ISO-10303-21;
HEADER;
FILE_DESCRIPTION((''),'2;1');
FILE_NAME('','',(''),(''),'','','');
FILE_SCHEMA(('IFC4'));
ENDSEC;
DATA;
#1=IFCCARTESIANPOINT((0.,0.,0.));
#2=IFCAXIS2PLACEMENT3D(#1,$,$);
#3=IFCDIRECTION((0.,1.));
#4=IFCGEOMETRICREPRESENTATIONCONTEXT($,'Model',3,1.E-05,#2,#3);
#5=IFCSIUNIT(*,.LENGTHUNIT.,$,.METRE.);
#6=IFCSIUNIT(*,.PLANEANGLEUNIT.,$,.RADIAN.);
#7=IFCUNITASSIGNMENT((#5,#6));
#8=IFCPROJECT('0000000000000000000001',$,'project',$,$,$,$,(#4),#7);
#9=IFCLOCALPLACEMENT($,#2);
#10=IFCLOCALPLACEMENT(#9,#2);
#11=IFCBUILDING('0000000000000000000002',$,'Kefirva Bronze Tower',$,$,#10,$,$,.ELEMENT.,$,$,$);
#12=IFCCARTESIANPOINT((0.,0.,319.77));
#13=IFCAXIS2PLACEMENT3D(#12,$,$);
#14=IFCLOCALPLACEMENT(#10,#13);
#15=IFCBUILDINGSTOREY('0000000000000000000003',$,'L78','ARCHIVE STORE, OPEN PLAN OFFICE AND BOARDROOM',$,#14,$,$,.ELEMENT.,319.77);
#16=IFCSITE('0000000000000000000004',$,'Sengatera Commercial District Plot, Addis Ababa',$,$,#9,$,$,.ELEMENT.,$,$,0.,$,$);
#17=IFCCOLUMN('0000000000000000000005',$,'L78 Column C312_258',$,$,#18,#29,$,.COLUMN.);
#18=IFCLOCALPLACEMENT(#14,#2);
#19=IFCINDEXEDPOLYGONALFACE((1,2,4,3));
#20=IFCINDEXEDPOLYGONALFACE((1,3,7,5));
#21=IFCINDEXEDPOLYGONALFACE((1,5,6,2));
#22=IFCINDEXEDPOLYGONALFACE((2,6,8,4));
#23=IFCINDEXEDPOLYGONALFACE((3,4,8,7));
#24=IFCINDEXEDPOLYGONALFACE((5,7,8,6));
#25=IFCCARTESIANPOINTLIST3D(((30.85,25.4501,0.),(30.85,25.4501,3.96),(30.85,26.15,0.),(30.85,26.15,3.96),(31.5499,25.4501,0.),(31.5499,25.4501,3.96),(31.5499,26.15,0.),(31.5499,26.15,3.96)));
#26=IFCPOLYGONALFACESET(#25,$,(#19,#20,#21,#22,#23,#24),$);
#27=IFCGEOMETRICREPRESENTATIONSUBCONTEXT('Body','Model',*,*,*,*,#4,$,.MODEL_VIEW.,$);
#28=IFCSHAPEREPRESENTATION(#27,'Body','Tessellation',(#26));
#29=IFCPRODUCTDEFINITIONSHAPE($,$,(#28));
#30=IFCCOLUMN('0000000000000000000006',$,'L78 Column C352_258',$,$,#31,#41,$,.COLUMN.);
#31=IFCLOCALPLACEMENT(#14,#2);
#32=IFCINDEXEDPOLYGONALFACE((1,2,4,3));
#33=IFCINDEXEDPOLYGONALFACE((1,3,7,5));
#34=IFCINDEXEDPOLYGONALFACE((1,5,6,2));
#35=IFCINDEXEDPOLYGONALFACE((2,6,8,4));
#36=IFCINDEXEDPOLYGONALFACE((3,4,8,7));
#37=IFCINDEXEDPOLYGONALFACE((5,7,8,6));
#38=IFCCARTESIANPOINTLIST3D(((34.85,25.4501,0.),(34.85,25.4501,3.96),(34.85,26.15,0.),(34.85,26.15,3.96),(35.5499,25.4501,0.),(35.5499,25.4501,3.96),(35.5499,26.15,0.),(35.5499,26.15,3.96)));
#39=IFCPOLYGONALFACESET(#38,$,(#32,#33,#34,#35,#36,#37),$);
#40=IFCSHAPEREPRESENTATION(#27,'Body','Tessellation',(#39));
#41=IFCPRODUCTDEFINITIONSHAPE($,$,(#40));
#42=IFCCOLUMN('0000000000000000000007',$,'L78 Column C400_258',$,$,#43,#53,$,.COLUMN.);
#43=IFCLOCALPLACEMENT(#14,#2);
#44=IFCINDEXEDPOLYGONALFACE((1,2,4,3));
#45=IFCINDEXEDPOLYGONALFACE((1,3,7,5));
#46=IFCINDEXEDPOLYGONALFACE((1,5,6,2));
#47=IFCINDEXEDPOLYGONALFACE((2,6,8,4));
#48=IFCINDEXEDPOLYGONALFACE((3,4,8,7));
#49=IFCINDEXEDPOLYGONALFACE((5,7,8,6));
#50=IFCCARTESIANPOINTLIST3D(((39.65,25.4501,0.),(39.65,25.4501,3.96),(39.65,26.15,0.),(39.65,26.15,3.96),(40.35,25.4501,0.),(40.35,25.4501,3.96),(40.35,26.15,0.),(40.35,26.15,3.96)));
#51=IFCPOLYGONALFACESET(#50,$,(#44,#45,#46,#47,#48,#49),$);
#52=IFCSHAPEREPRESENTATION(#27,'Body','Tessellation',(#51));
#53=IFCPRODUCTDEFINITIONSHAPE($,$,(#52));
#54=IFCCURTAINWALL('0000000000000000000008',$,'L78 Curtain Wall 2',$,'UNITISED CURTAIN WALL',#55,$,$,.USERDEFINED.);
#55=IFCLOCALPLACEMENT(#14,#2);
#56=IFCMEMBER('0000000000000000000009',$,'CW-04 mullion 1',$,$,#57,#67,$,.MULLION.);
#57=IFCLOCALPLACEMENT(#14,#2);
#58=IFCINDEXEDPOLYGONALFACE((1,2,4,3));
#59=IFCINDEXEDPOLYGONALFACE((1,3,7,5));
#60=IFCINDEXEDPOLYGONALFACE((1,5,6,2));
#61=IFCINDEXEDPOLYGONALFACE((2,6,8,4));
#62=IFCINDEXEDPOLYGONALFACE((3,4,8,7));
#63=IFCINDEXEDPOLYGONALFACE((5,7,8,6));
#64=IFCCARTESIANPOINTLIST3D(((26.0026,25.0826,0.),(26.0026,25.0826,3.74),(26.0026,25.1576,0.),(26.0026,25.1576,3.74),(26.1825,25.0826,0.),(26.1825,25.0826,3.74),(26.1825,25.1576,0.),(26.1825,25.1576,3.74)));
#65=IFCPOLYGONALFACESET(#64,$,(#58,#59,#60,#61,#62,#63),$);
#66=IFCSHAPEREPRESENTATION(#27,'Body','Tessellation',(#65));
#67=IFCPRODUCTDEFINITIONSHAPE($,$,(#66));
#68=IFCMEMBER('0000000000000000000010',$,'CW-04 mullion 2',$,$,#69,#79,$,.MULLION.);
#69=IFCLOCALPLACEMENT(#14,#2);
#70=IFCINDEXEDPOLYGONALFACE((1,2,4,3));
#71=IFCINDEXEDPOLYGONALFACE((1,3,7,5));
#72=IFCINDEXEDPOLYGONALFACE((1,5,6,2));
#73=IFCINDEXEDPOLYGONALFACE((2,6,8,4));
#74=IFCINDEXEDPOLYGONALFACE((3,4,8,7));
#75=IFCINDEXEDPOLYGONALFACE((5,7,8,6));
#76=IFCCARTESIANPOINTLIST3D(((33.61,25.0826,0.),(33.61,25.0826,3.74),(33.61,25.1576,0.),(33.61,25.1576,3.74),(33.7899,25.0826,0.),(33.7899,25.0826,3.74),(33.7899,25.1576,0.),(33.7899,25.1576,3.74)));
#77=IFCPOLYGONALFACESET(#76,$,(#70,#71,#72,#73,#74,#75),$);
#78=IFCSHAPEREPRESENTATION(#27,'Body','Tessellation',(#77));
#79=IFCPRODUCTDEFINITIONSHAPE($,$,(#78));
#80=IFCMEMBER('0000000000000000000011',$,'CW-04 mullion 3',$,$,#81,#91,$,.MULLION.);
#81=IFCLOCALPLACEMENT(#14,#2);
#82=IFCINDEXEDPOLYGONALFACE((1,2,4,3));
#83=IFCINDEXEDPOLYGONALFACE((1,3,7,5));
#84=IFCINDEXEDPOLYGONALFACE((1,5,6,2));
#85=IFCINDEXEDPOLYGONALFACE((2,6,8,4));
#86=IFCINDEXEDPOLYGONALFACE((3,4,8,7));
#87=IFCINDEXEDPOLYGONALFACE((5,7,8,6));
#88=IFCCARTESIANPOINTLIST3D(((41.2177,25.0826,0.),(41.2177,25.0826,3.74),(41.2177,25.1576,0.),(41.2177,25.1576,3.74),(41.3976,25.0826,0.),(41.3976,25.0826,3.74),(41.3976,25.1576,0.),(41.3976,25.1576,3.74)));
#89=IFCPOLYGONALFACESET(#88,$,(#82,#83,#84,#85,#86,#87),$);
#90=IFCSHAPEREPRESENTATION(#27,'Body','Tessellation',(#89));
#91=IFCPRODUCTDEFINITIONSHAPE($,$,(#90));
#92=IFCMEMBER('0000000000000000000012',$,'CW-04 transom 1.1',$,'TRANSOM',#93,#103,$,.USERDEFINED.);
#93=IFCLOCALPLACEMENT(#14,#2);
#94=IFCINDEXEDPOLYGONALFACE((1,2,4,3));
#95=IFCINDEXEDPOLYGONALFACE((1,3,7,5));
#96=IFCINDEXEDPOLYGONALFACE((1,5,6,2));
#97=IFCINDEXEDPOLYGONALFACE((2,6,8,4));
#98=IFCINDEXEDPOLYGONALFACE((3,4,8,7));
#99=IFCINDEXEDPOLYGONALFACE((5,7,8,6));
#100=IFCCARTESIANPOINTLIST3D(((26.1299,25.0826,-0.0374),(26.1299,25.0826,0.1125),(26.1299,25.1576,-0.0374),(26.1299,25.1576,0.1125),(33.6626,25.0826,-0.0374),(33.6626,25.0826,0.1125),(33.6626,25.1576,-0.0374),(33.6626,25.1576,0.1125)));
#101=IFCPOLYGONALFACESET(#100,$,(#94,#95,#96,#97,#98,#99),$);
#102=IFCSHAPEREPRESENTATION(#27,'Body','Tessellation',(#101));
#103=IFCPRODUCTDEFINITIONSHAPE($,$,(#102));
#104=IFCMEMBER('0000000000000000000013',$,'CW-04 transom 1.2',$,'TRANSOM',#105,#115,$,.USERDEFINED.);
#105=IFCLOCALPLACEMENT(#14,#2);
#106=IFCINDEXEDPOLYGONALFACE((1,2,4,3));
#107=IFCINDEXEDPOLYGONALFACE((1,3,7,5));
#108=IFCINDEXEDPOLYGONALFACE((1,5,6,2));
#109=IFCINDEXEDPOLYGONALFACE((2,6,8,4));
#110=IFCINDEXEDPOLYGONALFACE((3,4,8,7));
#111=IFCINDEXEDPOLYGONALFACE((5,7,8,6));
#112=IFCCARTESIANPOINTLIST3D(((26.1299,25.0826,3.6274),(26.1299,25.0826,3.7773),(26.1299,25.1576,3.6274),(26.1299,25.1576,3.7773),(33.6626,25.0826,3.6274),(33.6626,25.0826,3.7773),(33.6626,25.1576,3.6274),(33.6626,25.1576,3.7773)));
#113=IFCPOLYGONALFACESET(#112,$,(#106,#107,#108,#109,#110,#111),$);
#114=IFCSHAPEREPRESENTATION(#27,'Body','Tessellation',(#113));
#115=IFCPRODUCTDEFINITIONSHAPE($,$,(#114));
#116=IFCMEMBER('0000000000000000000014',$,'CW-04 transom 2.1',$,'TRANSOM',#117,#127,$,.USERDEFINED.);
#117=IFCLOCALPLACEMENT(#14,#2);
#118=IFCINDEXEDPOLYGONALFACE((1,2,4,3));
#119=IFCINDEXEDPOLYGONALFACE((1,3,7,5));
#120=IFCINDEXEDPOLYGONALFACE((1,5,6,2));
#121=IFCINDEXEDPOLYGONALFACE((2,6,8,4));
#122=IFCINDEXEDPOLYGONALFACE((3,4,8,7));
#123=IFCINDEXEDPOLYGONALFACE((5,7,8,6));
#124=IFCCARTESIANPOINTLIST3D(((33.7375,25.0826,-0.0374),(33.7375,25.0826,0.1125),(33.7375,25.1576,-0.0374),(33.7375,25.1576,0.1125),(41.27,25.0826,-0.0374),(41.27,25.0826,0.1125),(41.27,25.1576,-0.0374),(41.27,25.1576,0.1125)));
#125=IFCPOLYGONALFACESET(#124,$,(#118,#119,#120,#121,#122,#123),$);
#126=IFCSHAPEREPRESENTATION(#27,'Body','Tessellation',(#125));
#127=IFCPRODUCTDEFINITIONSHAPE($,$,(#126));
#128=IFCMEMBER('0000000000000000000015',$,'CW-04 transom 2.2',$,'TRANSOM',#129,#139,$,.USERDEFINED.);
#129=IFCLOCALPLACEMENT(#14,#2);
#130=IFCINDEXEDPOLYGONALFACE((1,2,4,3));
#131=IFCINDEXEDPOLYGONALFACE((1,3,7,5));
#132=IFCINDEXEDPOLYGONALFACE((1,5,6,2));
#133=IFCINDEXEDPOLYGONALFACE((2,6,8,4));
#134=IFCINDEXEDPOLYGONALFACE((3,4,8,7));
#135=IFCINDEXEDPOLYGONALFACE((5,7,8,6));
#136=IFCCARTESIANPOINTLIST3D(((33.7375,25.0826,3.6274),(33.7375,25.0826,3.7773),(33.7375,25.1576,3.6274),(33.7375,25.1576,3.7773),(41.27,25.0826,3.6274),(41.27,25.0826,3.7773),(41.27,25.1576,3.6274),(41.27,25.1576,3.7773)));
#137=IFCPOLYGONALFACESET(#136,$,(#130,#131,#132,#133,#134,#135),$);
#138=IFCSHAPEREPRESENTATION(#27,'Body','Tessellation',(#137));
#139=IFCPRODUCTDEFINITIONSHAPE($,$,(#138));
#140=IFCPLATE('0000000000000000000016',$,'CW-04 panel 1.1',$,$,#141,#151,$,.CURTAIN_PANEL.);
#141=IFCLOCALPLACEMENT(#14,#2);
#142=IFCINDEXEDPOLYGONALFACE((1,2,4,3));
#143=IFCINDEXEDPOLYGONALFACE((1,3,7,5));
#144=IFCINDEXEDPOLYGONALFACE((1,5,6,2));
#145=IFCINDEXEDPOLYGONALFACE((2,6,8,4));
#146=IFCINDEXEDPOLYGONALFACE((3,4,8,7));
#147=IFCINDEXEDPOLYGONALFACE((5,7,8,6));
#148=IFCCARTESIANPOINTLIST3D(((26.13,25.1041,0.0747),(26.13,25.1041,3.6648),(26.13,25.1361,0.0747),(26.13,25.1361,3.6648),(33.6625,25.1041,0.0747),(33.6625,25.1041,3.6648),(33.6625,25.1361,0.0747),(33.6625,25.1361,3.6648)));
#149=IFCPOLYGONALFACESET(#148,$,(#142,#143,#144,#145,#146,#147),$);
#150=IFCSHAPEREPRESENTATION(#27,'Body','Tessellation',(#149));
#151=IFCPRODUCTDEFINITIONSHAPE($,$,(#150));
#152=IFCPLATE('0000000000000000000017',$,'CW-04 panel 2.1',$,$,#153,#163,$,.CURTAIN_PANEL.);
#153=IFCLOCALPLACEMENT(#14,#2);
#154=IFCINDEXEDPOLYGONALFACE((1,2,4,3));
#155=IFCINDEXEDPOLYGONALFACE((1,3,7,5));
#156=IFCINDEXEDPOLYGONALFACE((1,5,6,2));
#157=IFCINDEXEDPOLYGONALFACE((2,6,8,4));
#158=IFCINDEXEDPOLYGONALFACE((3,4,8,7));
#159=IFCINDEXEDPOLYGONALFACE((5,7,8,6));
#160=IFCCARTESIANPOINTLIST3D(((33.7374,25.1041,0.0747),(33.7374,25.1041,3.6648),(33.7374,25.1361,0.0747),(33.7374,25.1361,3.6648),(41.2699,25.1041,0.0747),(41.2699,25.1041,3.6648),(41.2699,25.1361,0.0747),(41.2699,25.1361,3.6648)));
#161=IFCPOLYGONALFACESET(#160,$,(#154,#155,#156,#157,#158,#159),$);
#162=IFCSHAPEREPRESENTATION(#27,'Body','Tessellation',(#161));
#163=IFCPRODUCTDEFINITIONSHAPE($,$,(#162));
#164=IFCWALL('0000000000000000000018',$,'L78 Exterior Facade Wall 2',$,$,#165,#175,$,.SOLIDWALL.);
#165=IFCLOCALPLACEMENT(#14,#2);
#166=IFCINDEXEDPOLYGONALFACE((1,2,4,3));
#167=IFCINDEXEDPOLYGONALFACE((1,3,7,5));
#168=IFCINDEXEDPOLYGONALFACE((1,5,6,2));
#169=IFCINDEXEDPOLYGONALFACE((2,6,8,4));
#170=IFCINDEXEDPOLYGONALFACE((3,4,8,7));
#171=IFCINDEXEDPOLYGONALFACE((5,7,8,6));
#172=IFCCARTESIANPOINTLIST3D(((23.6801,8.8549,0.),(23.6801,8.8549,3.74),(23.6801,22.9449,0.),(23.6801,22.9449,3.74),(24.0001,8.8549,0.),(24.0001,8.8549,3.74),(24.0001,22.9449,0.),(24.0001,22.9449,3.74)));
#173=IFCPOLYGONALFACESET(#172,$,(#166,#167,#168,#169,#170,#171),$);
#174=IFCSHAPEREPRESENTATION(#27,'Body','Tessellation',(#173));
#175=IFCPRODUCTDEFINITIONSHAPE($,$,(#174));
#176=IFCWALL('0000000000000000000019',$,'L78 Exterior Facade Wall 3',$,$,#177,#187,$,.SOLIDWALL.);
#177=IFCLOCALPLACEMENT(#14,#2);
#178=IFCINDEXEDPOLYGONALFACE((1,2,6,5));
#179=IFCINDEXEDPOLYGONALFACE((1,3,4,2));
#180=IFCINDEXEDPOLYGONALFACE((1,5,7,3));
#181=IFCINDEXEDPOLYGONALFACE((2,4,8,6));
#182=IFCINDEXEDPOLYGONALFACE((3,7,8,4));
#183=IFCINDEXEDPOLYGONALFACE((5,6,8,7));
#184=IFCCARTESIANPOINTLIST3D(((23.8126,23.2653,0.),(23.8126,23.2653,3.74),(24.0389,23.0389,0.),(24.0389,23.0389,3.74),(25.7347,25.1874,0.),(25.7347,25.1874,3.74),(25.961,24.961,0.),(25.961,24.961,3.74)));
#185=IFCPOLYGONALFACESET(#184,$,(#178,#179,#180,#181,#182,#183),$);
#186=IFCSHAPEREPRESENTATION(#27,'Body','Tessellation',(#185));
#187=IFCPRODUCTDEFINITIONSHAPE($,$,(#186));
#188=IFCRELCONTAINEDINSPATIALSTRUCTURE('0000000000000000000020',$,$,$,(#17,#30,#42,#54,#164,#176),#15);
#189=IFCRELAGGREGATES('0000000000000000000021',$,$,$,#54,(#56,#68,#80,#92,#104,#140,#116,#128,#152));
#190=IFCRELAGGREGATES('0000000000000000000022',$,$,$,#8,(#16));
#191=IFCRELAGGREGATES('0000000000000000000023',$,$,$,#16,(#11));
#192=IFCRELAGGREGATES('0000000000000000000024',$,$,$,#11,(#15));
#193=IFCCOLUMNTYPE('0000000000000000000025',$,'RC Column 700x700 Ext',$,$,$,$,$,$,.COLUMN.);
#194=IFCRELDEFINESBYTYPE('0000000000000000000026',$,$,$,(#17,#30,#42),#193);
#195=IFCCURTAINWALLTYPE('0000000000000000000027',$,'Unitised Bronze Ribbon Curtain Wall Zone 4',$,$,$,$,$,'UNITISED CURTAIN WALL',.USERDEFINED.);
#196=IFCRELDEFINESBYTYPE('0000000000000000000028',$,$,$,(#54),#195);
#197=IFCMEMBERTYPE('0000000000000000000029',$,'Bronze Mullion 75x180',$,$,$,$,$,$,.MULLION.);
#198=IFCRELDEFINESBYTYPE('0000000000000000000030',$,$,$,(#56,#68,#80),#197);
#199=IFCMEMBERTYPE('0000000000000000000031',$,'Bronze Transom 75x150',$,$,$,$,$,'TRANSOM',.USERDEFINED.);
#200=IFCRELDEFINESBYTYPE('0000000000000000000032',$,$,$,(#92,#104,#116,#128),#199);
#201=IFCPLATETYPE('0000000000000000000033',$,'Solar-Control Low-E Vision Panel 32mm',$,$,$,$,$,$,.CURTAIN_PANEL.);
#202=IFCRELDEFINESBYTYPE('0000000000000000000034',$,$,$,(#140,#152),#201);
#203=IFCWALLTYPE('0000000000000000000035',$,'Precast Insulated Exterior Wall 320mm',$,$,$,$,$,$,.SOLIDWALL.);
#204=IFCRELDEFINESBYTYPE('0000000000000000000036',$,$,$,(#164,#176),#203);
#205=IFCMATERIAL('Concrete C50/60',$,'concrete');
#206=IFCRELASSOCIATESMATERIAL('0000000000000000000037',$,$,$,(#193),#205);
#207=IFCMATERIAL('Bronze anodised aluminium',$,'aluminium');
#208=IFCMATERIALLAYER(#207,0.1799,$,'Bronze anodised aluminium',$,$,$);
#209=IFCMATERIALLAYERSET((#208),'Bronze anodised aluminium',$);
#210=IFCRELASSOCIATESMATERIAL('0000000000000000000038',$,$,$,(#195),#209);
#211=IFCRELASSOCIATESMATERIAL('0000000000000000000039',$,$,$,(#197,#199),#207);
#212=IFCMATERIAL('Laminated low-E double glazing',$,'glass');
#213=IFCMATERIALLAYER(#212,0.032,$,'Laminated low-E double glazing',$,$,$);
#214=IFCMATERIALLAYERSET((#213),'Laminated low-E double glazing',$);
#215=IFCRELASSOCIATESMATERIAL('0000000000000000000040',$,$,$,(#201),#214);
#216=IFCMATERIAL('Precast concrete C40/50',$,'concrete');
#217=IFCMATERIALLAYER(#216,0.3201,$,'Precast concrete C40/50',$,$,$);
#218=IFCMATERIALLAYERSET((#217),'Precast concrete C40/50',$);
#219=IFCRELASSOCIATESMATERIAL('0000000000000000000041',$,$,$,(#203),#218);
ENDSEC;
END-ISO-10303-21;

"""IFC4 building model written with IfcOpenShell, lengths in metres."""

from ifc_helpers import new_model, si_unit, direction, frame, frame_2d, origin, origin_2d, place, context, subcontext, project, spatial, rectangle, extrude, material, layer, layer_set, material_profile, profile_set, type_object, element, aggregate, save


model = new_model("IFC4")

# Units and contexts
model_context = context("Model", 3, precision=1e-05, world=origin(), true_north=direction((0.0, 1.0)))
body_context = subcontext(model_context, "Body", "Model", "MODEL_VIEW")
ifc_project = project(units=[si_unit("LENGTHUNIT", "METRE"), si_unit("PLANEANGLEUNIT", "RADIAN")], contexts=[model_context])

# Site, building, storey
site_placement = place(None, origin())
site = spatial("IfcSite", under=ifc_project, at=site_placement, Name="Sengatera Commercial District Plot, Addis Ababa", CompositionType="ELEMENT", RefElevation=0.0)
building_placement = place(site_placement, origin())
building = spatial("IfcBuilding", under=site, at=building_placement, Name="Kefirva Bronze Tower", CompositionType="ELEMENT")
storey_placement = place(building_placement, frame((0.0, 0.0, 319.77)))
storey = spatial("IfcBuildingStorey", under=building, at=storey_placement, Name="L78", Description="ARCHIVE STORE, OPEN PLAN OFFICE AND BOARDROOM", CompositionType="ELEMENT", Elevation=319.77)

# Columns
ifc_material_1 = material(Name="Concrete C50/60", Category="concrete")
ifc_material_profile_1 = material_profile(ifc_material_1, rectangle(XDim=0.7, YDim=0.7, at=origin_2d()), Name="RC 700x700")
ifc_profile_set_1 = profile_set([ifc_material_profile_1], Name="Concrete C50/60")
column_type = type_object("IfcColumnType", Name="RC Column 700x700 Ext", PredefinedType="COLUMN", material=ifc_profile_set_1)
for number, where, z_axis, x_axis, name in (
    (1, (31.2, 25.8, 0.0), (0.0, 0.0, 1.0), (1.0, 0.0, 0.0), "L78 Column C312_258"),
    (2, (35.2, 25.8, 0.0), (0.0, 0.0, 1.0), (1.0, 0.0, 0.0), "L78 Column C352_258"),
    (3, (40.0, 25.8, 0.0), (0.0, 0.0, 1.0), (1.0, 0.0, 0.0), "L78 Column C400_258"),
):
    element("IfcColumn", number, at=place(storey_placement, frame(where, z_axis=z_axis, x_axis=x_axis)), inside=storey, type_object=column_type, Name=name, PredefinedType="COLUMN", context=body_context, shape_type="SweptSolid", body=[
        extrude(rectangle(XDim=0.7, YDim=0.7, at=origin_2d()), origin(), (0.0, 0.0, 1.0), 3.96),
    ])

# Curtain wall, members, plates
ifc_material_2 = material(Name="Bronze anodised aluminium", Category="aluminium")
ifc_layer_1 = layer(ifc_material_2, 0.1799, Name="Bronze anodised aluminium")
ifc_layer_set_1 = layer_set([ifc_layer_1], Name="Bronze anodised aluminium")
curtain_wall_type = type_object("IfcCurtainWallType", Name="Unitised Bronze Ribbon Curtain Wall Zone 4", ElementType="UNITISED CURTAIN WALL", PredefinedType="USERDEFINED", material=ifc_layer_set_1)
curtain_wall_placement = place(storey_placement, origin())
curtain_wall = element("IfcCurtainWall", 4, at=curtain_wall_placement, inside=storey, type_object=curtain_wall_type, Name="L78 Curtain Wall 2", ObjectType="UNITISED CURTAIN WALL", PredefinedType="USERDEFINED")
ifc_material_profile_2 = material_profile(ifc_material_2, rectangle(XDim=0.075, YDim=0.1799, at=origin_2d()), Name="ALU 75x180")
ifc_profile_set_2 = profile_set([ifc_material_profile_2], Name="Bronze anodised aluminium")
member_type_1 = type_object("IfcMemberType", Name="Bronze Mullion 75x180", PredefinedType="MULLION", material=ifc_profile_set_2)
member_1_placement = place(storey_placement, frame((26.0925, 25.1201, 0.0), z_axis=(0.0, 0.0, 1.0), x_axis=(0.0, 1.0, 0.0)))
member_1 = element("IfcMember", 5, at=member_1_placement, type_object=member_type_1, Name="CW-04 mullion 1", PredefinedType="MULLION", context=body_context, shape_type="SweptSolid", body=[
    extrude(rectangle(XDim=0.075, YDim=0.1799, at=origin_2d()), origin(), (0.0, 0.0, 1.0), 3.74),
])
member_2_placement = place(storey_placement, frame((33.7, 25.1201, 0.0), z_axis=(0.0, 0.0, 1.0), x_axis=(0.0, 1.0, 0.0)))
member_2 = element("IfcMember", 6, at=member_2_placement, type_object=member_type_1, Name="CW-04 mullion 2", PredefinedType="MULLION", context=body_context, shape_type="SweptSolid", body=[
    extrude(rectangle(XDim=0.075, YDim=0.1799, at=origin_2d()), origin(), (0.0, 0.0, 1.0), 3.74),
])
member_3_placement = place(storey_placement, frame((41.3076, 25.1201, 0.0), z_axis=(0.0, 0.0, 1.0), x_axis=(0.0, 1.0, 0.0)))
member_3 = element("IfcMember", 7, at=member_3_placement, type_object=member_type_1, Name="CW-04 mullion 3", PredefinedType="MULLION", context=body_context, shape_type="SweptSolid", body=[
    extrude(rectangle(XDim=0.075, YDim=0.1799, at=origin_2d()), origin(), (0.0, 0.0, 1.0), 3.74),
])
ifc_material_profile_3 = material_profile(ifc_material_2, rectangle(XDim=0.075, YDim=0.1499, at=origin_2d()), Name="ALU 75x150")
ifc_profile_set_3 = profile_set([ifc_material_profile_3], Name="Bronze anodised aluminium")
member_type_2 = type_object("IfcMemberType", Name="Bronze Transom 75x150", ElementType="TRANSOM", PredefinedType="USERDEFINED", material=ifc_profile_set_3)
member_4_placement = place(storey_placement, frame((26.1299, 25.1201, 0.0376), z_axis=(1.0, 0.0, 0.0), x_axis=(0.0, 1.0, 0.0)))
member_4 = element("IfcMember", 8, at=member_4_placement, type_object=member_type_2, Name="CW-04 transom 1.1", ObjectType="TRANSOM", PredefinedType="USERDEFINED", context=body_context, shape_type="SweptSolid", body=[
    extrude(rectangle(XDim=0.075, YDim=0.1499, at=origin_2d()), origin(), (0.0, 0.0, 1.0), 7.5327),
])
member_5_placement = place(storey_placement, frame((26.1299, 25.1201, 3.7024), z_axis=(1.0, 0.0, 0.0), x_axis=(0.0, 1.0, 0.0)))
member_5 = element("IfcMember", 9, at=member_5_placement, type_object=member_type_2, Name="CW-04 transom 1.2", ObjectType="TRANSOM", PredefinedType="USERDEFINED", context=body_context, shape_type="SweptSolid", body=[
    extrude(rectangle(XDim=0.075, YDim=0.1499, at=origin_2d()), origin(), (0.0, 0.0, 1.0), 7.5327),
])
member_6_placement = place(storey_placement, frame((33.7375, 25.1201, 0.0376), z_axis=(1.0, 0.0, 0.0), x_axis=(0.0, 1.0, 0.0)))
member_6 = element("IfcMember", 10, at=member_6_placement, type_object=member_type_2, Name="CW-04 transom 2.1", ObjectType="TRANSOM", PredefinedType="USERDEFINED", context=body_context, shape_type="SweptSolid", body=[
    extrude(rectangle(XDim=0.075, YDim=0.1499, at=origin_2d()), origin(), (0.0, 0.0, 1.0), 7.5325),
])
member_7_placement = place(storey_placement, frame((33.7375, 25.1201, 3.7024), z_axis=(1.0, 0.0, 0.0), x_axis=(0.0, 1.0, 0.0)))
member_7 = element("IfcMember", 11, at=member_7_placement, type_object=member_type_2, Name="CW-04 transom 2.2", ObjectType="TRANSOM", PredefinedType="USERDEFINED", context=body_context, shape_type="SweptSolid", body=[
    extrude(rectangle(XDim=0.075, YDim=0.1499, at=origin_2d()), origin(), (0.0, 0.0, 1.0), 7.5325),
])
ifc_material_3 = material(Name="Laminated low-E double glazing", Category="glass")
ifc_layer_2 = layer(ifc_material_3, 0.032, Name="Laminated low-E double glazing")
ifc_layer_set_2 = layer_set([ifc_layer_2], Name="Laminated low-E double glazing")
plate_type = type_object("IfcPlateType", Name="Solar-Control Low-E Vision Panel 32mm", PredefinedType="CURTAIN_PANEL", material=ifc_layer_set_2)
plate_1_placement = place(storey_placement, frame((29.8962, 25.1201, 0.0747), z_axis=(0.0, 0.0, 1.0), x_axis=(1.0, 0.0, 0.0)))
plate_1 = element("IfcPlate", 12, at=plate_1_placement, type_object=plate_type, Name="CW-04 panel 1.1", PredefinedType="CURTAIN_PANEL", context=body_context, shape_type="SweptSolid", body=[
    extrude(rectangle(XDim=7.5325, YDim=0.032, at=origin_2d()), origin(), (0.0, 0.0, 1.0), 3.5901),
])
plate_2_placement = place(storey_placement, frame((37.5037, 25.1201, 0.0747), z_axis=(0.0, 0.0, 1.0), x_axis=(1.0, 0.0, 0.0)))
plate_2 = element("IfcPlate", 13, at=plate_2_placement, type_object=plate_type, Name="CW-04 panel 2.1", PredefinedType="CURTAIN_PANEL", context=body_context, shape_type="SweptSolid", body=[
    extrude(rectangle(XDim=7.5325, YDim=0.032, at=origin_2d()), origin(), (0.0, 0.0, 1.0), 3.5901),
])
aggregate(curtain_wall, [member_1, member_2, member_3, member_4, member_5, plate_1, member_6, member_7, plate_2])

# Walls
ifc_material_4 = material(Name="Precast concrete C40/50", Category="concrete")
ifc_layer_3 = layer(ifc_material_4, 0.3201, Name="Precast concrete C40/50")
ifc_layer_set_3 = layer_set([ifc_layer_3], Name="Precast concrete C40/50")
wall_type_1 = type_object("IfcWallType", Name="Precast Insulated Exterior Wall 320mm", PredefinedType="SOLIDWALL", material=ifc_layer_set_3)
wall_1_placement = place(storey_placement, frame((23.8401, 8.855, 0.0), z_axis=(0.0, 0.0, 1.0), x_axis=(0.0, 1.0, 0.0)))
element("IfcWall", 14, at=wall_1_placement, inside=storey, type_object=wall_type_1, Name="L78 Exterior Facade Wall 2", PredefinedType="SOLIDWALL", context=body_context, shape_type="SweptSolid", body=[
    extrude(rectangle(XDim=14.0901, YDim=0.3201, at=frame_2d((7.0449, 0.0))), origin(), (0.0, 0.0, 1.0), 3.74),
])
wall_2_placement = place(storey_placement, frame((23.9258, 23.1521, 0.0), z_axis=(0.0, 0.0, 1.0), x_axis=(0.707107, 0.707107, 0.0)))
element("IfcWall", 15, at=wall_2_placement, inside=storey, type_object=wall_type_1, Name="L78 Exterior Facade Wall 3", PredefinedType="SOLIDWALL", context=body_context, shape_type="SweptSolid", body=[
    extrude(rectangle(XDim=2.7183, YDim=0.3201, at=frame_2d((1.3591, 0.0))), origin(), (0.0, 0.0, 1.0), 3.74),
])

save(model, "model.ifc")
